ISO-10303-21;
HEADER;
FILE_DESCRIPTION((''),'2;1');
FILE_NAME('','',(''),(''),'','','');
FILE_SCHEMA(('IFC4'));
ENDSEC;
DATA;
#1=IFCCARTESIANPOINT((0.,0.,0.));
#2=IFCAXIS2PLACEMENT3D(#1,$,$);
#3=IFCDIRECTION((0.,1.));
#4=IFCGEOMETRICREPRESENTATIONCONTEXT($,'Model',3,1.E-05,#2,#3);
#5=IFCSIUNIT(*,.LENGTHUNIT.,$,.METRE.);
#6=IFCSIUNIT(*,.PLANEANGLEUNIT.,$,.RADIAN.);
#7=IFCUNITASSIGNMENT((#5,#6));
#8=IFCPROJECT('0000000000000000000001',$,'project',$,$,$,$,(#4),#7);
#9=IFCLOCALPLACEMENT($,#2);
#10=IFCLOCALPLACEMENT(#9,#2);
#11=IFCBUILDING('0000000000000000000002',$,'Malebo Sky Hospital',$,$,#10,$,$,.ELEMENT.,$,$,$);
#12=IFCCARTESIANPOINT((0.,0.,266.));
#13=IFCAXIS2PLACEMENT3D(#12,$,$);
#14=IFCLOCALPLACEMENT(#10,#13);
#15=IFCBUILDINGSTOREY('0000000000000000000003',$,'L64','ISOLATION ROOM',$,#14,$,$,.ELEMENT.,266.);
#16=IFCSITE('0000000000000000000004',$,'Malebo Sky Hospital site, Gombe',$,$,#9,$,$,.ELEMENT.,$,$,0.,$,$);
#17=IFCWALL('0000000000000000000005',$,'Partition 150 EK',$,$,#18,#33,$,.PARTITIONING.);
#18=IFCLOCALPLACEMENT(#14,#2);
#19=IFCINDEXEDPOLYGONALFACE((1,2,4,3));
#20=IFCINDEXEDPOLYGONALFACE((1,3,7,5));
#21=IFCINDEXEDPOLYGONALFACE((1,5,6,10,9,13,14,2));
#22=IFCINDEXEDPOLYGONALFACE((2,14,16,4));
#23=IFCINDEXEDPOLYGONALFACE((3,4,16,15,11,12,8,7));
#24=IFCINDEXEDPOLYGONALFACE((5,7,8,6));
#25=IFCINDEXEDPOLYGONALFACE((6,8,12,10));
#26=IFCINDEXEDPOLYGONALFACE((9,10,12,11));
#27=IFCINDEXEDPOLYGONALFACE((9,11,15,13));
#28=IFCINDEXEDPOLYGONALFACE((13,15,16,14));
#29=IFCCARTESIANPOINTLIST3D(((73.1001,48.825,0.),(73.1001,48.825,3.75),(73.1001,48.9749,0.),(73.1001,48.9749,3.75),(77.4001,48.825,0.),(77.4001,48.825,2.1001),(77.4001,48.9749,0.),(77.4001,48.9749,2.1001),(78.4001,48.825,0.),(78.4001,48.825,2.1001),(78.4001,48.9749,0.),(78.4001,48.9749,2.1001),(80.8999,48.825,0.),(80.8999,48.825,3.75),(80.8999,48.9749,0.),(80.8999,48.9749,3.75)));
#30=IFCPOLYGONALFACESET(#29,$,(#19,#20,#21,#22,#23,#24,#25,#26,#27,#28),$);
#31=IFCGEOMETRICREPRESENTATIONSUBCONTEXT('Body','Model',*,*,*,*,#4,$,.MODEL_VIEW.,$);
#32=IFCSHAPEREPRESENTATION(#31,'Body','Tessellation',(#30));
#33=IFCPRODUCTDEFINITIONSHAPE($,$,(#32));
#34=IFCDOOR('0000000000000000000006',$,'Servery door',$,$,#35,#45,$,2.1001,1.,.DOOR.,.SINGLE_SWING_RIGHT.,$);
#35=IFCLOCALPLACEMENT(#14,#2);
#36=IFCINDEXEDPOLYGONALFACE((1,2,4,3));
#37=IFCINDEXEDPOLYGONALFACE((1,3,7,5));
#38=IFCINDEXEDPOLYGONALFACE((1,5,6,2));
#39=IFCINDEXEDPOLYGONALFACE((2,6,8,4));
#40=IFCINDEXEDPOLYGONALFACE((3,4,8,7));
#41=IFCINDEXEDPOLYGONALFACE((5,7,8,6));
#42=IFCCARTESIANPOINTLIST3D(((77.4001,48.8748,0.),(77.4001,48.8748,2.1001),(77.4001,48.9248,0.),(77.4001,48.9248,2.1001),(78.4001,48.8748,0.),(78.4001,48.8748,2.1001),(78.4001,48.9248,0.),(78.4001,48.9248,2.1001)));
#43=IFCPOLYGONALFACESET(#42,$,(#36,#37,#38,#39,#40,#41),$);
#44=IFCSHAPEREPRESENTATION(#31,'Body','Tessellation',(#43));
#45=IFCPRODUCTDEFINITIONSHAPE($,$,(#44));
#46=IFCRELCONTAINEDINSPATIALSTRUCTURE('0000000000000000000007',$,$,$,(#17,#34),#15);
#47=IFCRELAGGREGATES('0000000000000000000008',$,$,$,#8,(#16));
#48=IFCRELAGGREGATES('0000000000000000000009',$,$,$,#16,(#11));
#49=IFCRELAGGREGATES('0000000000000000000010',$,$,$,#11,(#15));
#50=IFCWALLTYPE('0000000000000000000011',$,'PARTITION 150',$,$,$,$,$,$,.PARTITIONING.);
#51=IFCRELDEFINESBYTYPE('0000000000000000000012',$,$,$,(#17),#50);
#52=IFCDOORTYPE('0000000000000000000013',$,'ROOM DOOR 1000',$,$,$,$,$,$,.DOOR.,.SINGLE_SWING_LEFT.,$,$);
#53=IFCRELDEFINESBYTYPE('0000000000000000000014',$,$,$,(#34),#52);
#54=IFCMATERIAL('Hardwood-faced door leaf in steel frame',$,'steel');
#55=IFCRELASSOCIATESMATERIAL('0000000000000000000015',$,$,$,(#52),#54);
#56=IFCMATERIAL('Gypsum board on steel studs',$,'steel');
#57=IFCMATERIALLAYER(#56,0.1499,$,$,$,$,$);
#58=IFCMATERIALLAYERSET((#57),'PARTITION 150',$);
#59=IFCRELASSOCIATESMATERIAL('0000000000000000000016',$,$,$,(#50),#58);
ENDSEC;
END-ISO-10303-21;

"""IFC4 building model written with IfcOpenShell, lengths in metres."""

from ifc_helpers import new_model, si_unit, direction, frame, frame_2d, origin, place, context, subcontext, project, spatial, rectangle, extrude, material, layer, layer_set, type_object, element, fill, save


model = new_model("IFC4")

# Units and contexts
model_context = context("Model", 3, precision=1e-05, world=origin(), true_north=direction((0.0, 1.0)))
body_context = subcontext(model_context, "Body", "Model", "MODEL_VIEW")
ifc_project = project(units=[si_unit("LENGTHUNIT", "METRE"), si_unit("PLANEANGLEUNIT", "RADIAN")], contexts=[model_context])

# Site, building, storey
site_placement = place(None, origin())
site = spatial("IfcSite", under=ifc_project, at=site_placement, Name="Malebo Sky Hospital site, Gombe", CompositionType="ELEMENT", RefElevation=0.0)
building_placement = place(site_placement, origin())
building = spatial("IfcBuilding", under=site, at=building_placement, Name="Malebo Sky Hospital", CompositionType="ELEMENT")
storey_placement = place(building_placement, frame((0.0, 0.0, 266.0)))
storey = spatial("IfcBuildingStorey", under=building, at=storey_placement, Name="L64", Description="ISOLATION ROOM", CompositionType="ELEMENT", Elevation=266.0)

# Shared definitions
ifc_material_1 = material(Name="Gypsum board on steel studs", Category="steel")
ifc_material_2 = material(Name="Hardwood-faced door leaf in steel frame", Category="steel")
door_type_1 = type_object("IfcDoorType", Name="ROOM DOOR 1000", OperationType="SINGLE_SWING_LEFT", PredefinedType="DOOR", material=ifc_material_2)

# Shared definitions
ifc_layer_1 = layer(ifc_material_1, 0.1499)
ifc_layer_set_1 = layer_set([ifc_layer_1], Name="PARTITION 150")
wall_type_1 = type_object("IfcWallType", Name="PARTITION 150", PredefinedType="PARTITIONING", material=ifc_layer_set_1)

# Wall, opening, door
wall_1_placement = place(storey_placement, frame((73.1001, 48.8999, 0.0), z_axis=(0.0, 0.0, 1.0), x_axis=(1.0, 0.0, 0.0)))
wall_1 = element("IfcWall", 1, at=wall_1_placement, inside=storey, type_object=wall_type_1, Name="Partition 150 EK", PredefinedType="PARTITIONING", context=body_context, shape_type="SweptSolid", body=[
    extrude(rectangle(XDim=7.7998, YDim=0.1499, at=frame_2d((3.8999, 0.0))), origin(), (0.0, 0.0, 1.0), 3.75),
])
opening_1_placement = place(wall_1_placement, frame((4.3, 0.0, 0.0)))
opening_1 = element("IfcOpeningElement", 2, at=opening_1_placement, cuts=wall_1, PredefinedType="OPENING", context=body_context, shape_type="SweptSolid", body=[
    extrude(rectangle(XDim=1.0, YDim=2.1001, at=frame_2d((0.5, 1.05))), frame((0.0, 0.085, 0.0), z_axis=(0.0, -1.0, 0.0), x_axis=(1.0, 0.0, 0.0)), (0.0, 0.0, 1.0), 0.1699),
])
door_1_placement = place(opening_1_placement, origin())
door_1 = element("IfcDoor", 3, at=door_1_placement, inside=storey, type_object=door_type_1, Name="Servery door", OperationType="SINGLE_SWING_RIGHT", OverallHeight=2.1001, OverallWidth=1.0, PredefinedType="DOOR", context=body_context, shape_type="SweptSolid", body=[
    extrude(rectangle(XDim=1.0, YDim=2.1001, at=frame_2d((0.5, 1.05))), frame((0.0, 0.0249, 0.0), z_axis=(0.0, -1.0, 0.0), x_axis=(1.0, 0.0, 0.0)), (0.0, 0.0, 1.0), 0.05),
])
fill(opening_1, door_1)

save(model, "model.ifc")
